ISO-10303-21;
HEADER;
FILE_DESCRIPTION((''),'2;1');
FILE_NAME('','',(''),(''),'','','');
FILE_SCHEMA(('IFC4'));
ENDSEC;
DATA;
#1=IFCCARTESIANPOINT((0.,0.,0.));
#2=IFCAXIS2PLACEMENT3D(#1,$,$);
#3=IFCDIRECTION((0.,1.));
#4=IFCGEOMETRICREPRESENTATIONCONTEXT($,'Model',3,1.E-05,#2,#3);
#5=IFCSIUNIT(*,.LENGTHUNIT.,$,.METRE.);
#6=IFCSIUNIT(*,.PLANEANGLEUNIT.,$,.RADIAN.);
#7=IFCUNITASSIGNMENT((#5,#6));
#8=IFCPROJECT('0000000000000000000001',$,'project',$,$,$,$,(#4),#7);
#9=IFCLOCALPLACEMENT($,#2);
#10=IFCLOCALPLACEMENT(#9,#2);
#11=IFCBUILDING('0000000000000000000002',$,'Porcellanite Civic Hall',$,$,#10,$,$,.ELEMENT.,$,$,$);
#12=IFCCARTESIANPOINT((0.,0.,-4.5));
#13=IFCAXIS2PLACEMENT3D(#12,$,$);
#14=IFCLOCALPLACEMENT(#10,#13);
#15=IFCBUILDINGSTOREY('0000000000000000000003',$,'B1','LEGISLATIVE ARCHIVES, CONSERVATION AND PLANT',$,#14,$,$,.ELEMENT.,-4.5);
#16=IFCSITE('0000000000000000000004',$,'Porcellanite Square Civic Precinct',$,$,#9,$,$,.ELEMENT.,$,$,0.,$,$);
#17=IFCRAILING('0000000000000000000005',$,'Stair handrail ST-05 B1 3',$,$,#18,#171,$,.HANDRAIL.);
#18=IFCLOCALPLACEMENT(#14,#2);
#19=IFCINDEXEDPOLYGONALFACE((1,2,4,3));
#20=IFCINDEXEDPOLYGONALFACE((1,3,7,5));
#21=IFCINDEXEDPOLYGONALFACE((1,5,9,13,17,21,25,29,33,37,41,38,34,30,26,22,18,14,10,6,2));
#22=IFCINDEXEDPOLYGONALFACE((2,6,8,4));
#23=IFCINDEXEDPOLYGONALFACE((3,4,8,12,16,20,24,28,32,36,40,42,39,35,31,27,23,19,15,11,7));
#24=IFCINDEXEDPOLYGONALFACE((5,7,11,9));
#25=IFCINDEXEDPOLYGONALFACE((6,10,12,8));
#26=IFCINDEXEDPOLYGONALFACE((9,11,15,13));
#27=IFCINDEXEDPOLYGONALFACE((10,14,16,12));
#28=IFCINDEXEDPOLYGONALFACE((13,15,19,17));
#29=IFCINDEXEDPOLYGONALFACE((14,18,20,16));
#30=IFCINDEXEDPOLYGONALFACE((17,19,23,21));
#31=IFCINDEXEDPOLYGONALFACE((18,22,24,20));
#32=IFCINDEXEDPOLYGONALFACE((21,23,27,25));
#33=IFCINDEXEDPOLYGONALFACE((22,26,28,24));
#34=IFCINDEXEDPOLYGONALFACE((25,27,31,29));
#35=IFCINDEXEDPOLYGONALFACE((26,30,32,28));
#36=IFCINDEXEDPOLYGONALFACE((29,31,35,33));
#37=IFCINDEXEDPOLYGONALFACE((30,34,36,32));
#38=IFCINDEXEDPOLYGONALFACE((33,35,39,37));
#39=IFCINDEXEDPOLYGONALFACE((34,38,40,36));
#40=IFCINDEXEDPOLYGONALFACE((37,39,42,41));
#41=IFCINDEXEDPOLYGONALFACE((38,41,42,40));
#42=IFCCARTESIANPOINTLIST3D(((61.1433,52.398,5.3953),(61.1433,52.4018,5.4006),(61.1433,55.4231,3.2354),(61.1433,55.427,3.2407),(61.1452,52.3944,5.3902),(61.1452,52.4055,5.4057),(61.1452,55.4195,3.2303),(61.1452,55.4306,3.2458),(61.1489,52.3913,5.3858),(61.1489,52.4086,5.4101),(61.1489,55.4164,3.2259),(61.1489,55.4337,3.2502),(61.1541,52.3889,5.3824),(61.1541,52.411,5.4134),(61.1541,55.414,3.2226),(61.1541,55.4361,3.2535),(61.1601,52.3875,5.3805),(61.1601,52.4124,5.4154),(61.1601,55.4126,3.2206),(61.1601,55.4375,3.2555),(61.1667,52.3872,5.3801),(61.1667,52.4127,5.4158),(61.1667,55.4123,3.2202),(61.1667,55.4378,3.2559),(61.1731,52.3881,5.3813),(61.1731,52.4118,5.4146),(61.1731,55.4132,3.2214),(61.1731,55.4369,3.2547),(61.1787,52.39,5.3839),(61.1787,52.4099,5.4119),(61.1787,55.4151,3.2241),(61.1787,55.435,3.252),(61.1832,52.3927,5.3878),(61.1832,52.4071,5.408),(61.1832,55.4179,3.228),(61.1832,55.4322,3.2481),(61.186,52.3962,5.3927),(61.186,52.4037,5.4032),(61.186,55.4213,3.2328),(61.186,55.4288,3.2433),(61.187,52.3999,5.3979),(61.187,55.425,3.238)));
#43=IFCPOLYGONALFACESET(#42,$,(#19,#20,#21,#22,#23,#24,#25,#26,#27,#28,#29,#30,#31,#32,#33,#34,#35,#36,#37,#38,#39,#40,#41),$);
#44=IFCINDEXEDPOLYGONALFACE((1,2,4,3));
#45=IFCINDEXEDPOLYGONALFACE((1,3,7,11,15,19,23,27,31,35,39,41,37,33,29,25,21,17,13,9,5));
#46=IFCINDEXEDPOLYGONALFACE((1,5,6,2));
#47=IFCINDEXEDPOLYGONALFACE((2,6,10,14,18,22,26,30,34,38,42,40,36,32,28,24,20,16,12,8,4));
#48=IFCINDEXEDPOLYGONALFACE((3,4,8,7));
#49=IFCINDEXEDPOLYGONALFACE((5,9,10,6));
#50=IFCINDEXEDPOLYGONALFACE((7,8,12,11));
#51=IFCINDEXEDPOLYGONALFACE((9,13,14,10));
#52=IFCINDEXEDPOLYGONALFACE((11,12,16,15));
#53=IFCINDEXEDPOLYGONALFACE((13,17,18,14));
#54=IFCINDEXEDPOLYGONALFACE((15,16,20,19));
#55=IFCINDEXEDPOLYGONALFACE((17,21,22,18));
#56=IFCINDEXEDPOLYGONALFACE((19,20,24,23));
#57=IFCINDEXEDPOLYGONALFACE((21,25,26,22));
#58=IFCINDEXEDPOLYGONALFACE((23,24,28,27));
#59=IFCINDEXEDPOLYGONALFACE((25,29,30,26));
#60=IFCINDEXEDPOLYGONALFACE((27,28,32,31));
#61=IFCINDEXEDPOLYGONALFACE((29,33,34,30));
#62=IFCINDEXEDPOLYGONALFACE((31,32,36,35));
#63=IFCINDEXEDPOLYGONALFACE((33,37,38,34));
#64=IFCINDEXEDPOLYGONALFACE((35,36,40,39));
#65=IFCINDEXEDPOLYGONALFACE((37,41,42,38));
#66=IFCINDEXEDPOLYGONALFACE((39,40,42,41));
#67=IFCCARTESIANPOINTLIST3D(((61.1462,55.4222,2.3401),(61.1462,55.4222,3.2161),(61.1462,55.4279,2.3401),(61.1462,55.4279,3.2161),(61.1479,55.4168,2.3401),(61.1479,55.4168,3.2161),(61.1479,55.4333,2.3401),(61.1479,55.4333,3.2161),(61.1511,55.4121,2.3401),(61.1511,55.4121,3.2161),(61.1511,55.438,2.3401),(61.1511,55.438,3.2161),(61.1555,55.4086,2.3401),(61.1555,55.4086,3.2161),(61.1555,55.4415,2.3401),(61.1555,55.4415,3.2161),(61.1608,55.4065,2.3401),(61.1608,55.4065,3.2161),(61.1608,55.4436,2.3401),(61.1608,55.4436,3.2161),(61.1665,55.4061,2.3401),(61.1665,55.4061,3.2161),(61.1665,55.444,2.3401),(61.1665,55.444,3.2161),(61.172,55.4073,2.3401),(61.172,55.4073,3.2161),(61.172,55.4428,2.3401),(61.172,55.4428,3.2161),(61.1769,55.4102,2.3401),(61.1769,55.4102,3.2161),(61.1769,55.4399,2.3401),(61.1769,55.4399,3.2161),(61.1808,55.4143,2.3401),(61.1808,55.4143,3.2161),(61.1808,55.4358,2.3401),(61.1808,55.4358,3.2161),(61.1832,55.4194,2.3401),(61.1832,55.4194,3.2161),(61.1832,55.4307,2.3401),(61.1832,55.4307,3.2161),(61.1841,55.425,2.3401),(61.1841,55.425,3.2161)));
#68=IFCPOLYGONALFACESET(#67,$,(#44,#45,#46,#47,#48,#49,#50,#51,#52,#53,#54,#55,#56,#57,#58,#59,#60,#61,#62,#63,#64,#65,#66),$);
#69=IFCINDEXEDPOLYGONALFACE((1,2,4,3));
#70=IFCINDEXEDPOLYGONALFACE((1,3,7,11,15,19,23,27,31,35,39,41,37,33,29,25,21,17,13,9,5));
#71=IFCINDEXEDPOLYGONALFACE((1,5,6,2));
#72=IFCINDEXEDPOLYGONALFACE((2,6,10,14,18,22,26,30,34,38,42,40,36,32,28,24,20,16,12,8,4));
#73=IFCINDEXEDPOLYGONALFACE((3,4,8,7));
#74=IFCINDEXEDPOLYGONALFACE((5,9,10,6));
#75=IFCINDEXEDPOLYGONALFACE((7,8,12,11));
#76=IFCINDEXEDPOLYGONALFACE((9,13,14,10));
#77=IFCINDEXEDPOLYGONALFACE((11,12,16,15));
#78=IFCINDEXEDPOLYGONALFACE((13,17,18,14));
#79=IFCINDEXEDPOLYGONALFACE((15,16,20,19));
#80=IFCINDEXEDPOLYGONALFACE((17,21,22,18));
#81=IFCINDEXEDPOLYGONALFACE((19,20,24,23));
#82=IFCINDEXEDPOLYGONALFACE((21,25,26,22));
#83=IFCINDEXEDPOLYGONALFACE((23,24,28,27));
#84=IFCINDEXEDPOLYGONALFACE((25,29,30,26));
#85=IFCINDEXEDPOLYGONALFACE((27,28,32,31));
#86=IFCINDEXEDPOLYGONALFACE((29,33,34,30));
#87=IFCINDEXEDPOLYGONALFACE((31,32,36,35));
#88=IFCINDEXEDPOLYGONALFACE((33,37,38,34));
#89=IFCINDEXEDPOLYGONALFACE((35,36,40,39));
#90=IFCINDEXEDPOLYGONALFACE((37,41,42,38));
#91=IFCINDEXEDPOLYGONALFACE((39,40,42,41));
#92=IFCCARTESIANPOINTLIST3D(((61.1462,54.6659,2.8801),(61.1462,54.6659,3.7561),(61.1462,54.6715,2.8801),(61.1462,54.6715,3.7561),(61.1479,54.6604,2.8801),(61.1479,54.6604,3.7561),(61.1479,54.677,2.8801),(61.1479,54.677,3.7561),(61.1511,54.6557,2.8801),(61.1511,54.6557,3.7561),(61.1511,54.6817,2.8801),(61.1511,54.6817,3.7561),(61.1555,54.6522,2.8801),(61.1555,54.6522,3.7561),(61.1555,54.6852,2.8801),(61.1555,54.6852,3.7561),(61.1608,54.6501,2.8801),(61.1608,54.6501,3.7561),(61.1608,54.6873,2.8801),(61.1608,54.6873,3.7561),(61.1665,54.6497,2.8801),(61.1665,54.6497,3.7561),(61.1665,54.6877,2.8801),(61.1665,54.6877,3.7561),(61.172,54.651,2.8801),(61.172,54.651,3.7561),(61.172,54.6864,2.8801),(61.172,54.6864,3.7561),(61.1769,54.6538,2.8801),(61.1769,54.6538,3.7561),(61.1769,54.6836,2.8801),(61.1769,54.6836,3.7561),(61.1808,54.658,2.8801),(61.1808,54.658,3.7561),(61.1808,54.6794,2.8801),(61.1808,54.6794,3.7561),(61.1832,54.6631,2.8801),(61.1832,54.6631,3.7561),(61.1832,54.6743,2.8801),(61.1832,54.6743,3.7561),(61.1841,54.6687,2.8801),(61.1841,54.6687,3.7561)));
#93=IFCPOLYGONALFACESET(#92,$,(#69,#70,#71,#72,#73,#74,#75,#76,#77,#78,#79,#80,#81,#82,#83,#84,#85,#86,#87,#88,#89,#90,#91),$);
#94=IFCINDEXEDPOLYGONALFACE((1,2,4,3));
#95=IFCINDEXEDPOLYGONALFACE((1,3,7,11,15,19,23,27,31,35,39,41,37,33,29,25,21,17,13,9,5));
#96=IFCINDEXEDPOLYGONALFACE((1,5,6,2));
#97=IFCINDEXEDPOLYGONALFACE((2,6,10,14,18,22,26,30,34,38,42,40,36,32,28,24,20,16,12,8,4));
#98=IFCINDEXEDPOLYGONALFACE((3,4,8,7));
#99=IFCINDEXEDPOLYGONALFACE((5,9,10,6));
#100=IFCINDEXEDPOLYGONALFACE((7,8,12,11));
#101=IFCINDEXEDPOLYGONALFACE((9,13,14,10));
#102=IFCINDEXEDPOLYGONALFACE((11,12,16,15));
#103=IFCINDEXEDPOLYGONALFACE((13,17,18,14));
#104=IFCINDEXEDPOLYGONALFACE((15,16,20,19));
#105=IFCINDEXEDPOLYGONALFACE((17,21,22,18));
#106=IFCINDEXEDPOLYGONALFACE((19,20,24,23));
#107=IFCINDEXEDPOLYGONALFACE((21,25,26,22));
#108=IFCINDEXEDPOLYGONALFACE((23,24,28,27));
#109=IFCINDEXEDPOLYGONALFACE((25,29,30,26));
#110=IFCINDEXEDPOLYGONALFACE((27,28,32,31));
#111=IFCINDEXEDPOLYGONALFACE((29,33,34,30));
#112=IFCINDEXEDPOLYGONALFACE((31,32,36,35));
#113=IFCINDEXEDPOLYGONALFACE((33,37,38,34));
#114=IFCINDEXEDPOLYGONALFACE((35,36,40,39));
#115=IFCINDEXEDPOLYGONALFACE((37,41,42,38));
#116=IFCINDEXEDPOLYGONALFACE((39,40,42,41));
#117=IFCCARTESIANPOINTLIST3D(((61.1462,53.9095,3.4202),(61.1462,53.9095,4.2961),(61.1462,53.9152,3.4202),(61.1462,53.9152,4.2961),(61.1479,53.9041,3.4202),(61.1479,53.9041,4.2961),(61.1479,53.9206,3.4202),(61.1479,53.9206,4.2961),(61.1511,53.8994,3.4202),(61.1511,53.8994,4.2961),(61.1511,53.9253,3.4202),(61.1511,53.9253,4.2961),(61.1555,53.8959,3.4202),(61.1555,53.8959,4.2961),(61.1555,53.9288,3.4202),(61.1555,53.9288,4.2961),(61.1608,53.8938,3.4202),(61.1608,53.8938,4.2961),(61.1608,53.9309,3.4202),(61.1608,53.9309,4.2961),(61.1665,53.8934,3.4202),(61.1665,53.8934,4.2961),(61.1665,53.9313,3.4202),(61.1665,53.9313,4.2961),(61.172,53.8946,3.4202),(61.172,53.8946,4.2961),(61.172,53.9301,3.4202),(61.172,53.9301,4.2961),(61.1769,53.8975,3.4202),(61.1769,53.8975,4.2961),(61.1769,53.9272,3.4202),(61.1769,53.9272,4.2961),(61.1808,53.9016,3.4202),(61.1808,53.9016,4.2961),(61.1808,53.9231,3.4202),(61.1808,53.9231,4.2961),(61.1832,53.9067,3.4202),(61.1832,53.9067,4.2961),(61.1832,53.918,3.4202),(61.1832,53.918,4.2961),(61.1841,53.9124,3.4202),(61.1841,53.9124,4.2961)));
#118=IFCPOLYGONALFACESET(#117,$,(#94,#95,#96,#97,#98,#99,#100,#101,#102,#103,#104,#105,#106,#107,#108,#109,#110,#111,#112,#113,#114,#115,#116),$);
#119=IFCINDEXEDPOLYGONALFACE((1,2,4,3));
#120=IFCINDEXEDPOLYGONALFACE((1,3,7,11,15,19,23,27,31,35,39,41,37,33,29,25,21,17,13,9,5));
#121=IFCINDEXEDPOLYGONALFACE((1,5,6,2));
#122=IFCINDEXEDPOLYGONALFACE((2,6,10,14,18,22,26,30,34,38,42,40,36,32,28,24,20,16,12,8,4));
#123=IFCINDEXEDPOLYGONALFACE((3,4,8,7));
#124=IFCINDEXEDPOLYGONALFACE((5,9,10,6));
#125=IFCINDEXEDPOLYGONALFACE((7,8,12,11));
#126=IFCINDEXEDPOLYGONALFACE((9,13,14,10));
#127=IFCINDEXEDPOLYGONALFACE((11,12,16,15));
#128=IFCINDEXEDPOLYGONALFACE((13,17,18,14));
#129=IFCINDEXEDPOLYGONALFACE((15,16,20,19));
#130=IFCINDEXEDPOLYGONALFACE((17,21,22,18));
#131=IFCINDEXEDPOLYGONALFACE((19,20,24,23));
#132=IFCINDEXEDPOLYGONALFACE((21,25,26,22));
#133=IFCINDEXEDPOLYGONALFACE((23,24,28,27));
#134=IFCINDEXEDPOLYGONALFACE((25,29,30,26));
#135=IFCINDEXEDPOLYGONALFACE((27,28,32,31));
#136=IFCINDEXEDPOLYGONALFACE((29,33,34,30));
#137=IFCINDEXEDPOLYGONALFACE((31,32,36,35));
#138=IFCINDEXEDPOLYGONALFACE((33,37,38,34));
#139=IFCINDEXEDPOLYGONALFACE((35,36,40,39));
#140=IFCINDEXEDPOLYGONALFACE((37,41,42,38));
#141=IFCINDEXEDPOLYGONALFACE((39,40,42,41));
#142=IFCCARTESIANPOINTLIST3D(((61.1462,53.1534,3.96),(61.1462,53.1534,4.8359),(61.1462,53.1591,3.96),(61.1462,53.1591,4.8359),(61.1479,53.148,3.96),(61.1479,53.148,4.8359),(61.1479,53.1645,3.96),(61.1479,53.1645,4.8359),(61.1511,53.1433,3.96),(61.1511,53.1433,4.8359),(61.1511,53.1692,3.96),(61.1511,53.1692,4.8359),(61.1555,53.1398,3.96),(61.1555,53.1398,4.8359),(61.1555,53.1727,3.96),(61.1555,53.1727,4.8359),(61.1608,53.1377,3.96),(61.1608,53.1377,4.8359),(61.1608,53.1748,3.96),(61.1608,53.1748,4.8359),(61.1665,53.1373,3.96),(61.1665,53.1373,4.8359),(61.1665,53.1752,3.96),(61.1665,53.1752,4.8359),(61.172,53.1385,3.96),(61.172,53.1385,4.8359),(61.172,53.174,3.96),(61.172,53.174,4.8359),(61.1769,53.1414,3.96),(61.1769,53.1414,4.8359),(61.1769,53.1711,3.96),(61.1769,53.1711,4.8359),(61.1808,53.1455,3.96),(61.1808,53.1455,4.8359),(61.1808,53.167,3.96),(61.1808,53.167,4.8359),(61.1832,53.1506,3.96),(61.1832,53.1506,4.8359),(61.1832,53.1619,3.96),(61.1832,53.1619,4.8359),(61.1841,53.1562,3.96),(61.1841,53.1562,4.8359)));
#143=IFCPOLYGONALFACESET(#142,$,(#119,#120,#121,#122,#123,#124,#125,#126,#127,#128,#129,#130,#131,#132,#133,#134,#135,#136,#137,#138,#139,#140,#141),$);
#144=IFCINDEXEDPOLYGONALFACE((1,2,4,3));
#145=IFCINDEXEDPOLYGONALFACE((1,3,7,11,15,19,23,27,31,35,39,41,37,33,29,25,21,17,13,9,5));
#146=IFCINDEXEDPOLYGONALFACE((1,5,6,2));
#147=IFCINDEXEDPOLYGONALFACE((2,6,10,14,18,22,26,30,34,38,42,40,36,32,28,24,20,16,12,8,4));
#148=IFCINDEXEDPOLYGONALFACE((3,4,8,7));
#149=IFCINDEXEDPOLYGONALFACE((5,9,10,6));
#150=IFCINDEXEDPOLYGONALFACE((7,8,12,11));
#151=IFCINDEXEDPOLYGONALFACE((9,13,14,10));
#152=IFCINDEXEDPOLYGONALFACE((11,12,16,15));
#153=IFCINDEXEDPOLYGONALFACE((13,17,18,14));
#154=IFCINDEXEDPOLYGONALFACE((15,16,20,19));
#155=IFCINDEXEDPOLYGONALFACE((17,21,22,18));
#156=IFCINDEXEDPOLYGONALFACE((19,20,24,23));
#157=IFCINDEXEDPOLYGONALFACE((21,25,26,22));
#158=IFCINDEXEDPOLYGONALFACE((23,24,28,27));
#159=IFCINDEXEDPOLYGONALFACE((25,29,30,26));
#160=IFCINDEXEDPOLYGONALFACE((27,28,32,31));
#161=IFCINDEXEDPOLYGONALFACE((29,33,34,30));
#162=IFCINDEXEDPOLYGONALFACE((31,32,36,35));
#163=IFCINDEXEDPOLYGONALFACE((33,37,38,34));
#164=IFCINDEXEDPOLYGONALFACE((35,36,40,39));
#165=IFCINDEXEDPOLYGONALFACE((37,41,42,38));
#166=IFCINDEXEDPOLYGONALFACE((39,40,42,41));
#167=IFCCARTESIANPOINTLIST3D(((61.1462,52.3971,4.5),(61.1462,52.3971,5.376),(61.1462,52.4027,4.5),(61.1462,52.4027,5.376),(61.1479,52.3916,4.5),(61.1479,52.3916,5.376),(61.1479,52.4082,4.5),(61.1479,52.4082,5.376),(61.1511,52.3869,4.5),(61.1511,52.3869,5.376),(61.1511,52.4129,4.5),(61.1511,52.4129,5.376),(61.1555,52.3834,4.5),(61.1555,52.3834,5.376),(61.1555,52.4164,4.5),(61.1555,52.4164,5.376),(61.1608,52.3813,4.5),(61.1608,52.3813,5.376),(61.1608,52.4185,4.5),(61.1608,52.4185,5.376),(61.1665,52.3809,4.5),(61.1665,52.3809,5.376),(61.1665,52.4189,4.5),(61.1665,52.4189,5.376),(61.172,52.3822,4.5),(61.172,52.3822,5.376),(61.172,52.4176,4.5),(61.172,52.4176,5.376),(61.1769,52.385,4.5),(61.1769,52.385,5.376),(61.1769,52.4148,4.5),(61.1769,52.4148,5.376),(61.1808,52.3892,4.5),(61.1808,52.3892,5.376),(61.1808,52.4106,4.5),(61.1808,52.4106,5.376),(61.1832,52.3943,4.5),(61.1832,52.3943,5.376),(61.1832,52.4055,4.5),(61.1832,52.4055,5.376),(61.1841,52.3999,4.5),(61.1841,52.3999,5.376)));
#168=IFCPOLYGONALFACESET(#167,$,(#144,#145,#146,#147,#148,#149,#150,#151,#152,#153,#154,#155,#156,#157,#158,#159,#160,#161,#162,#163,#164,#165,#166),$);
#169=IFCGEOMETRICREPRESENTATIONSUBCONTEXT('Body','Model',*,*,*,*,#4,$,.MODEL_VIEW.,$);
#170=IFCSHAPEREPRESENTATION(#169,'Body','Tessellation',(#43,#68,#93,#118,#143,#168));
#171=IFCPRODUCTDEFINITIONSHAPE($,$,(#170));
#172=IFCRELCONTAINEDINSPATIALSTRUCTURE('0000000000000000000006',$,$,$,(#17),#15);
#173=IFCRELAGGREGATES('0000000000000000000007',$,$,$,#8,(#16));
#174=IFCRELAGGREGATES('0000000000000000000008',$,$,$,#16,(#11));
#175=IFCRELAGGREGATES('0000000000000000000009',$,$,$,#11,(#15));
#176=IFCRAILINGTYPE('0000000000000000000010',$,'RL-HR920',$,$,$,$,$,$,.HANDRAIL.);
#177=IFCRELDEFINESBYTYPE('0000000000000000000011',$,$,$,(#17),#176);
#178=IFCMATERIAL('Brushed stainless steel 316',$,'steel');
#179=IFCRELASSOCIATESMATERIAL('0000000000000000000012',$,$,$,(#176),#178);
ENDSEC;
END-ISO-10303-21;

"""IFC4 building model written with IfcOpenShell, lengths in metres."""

from ifc_helpers import new_model, si_unit, direction, frame, origin, origin_2d, place, context, subcontext, project, spatial, circle, extrude, material, type_object, element, save


model = new_model("IFC4")

# Units and contexts
model_context = context("Model", 3, precision=1e-05, world=origin(), true_north=direction((0.0, 1.0)))
body_context = subcontext(model_context, "Body", "Model", "MODEL_VIEW")
ifc_project = project(units=[si_unit("LENGTHUNIT", "METRE"), si_unit("PLANEANGLEUNIT", "RADIAN")], contexts=[model_context])

# Site, building, storey
site_placement = place(None, origin())
site = spatial("IfcSite", under=ifc_project, at=site_placement, Name="Porcellanite Square Civic Precinct", CompositionType="ELEMENT", RefElevation=0.0)
building_placement = place(site_placement, origin())
building = spatial("IfcBuilding", under=site, at=building_placement, Name="Porcellanite Civic Hall", CompositionType="ELEMENT")
storey_placement = place(building_placement, frame((0.0, 0.0, -4.5)))
storey = spatial("IfcBuildingStorey", under=building, at=storey_placement, Name="B1", Description="LEGISLATIVE ARCHIVES, CONSERVATION AND PLANT", CompositionType="ELEMENT", Elevation=-4.5)

# Railing
ifc_material_1 = material(Name="Brushed stainless steel 316", Category="steel")
railing_type_1 = type_object("IfcRailingType", Name="RL-HR920", PredefinedType="HANDRAIL", material=ifc_material_1)
railing_1_placement = place(storey_placement, frame((61.165, 55.425, 2.3401)))
element("IfcRailing", 1, at=railing_1_placement, inside=storey, type_object=railing_type_1, Name="Stair handrail ST-05 B1 3", PredefinedType="HANDRAIL", context=body_context, shape_type="SweptSolid", body=[
    extrude(circle(Radius=0.022, at=origin_2d()), frame((0.0, 0.0, 0.8979), z_axis=(0.0, -0.813849, 0.581077), x_axis=(1.0, 0.0, 0.0)), (0.0, 0.0, 1.0), 3.717),
    extrude(circle(Radius=0.019, at=origin_2d()), origin(), (0.0, 0.0, 1.0), 0.876),
    extrude(circle(Radius=0.019, at=origin_2d()), frame((0.0, -0.7563, 0.54)), (0.0, 0.0, 1.0), 0.876),
    extrude(circle(Radius=0.019, at=origin_2d()), frame((0.0, -1.5127, 1.0801)), (0.0, 0.0, 1.0), 0.876),
    extrude(circle(Radius=0.019, at=origin_2d()), frame((0.0, -2.2688, 1.6199)), (0.0, 0.0, 1.0), 0.876),
    extrude(circle(Radius=0.019, at=origin_2d()), frame((0.0, -3.0251, 2.1599)), (0.0, 0.0, 1.0), 0.876),
])

save(model, "model.ifc")
